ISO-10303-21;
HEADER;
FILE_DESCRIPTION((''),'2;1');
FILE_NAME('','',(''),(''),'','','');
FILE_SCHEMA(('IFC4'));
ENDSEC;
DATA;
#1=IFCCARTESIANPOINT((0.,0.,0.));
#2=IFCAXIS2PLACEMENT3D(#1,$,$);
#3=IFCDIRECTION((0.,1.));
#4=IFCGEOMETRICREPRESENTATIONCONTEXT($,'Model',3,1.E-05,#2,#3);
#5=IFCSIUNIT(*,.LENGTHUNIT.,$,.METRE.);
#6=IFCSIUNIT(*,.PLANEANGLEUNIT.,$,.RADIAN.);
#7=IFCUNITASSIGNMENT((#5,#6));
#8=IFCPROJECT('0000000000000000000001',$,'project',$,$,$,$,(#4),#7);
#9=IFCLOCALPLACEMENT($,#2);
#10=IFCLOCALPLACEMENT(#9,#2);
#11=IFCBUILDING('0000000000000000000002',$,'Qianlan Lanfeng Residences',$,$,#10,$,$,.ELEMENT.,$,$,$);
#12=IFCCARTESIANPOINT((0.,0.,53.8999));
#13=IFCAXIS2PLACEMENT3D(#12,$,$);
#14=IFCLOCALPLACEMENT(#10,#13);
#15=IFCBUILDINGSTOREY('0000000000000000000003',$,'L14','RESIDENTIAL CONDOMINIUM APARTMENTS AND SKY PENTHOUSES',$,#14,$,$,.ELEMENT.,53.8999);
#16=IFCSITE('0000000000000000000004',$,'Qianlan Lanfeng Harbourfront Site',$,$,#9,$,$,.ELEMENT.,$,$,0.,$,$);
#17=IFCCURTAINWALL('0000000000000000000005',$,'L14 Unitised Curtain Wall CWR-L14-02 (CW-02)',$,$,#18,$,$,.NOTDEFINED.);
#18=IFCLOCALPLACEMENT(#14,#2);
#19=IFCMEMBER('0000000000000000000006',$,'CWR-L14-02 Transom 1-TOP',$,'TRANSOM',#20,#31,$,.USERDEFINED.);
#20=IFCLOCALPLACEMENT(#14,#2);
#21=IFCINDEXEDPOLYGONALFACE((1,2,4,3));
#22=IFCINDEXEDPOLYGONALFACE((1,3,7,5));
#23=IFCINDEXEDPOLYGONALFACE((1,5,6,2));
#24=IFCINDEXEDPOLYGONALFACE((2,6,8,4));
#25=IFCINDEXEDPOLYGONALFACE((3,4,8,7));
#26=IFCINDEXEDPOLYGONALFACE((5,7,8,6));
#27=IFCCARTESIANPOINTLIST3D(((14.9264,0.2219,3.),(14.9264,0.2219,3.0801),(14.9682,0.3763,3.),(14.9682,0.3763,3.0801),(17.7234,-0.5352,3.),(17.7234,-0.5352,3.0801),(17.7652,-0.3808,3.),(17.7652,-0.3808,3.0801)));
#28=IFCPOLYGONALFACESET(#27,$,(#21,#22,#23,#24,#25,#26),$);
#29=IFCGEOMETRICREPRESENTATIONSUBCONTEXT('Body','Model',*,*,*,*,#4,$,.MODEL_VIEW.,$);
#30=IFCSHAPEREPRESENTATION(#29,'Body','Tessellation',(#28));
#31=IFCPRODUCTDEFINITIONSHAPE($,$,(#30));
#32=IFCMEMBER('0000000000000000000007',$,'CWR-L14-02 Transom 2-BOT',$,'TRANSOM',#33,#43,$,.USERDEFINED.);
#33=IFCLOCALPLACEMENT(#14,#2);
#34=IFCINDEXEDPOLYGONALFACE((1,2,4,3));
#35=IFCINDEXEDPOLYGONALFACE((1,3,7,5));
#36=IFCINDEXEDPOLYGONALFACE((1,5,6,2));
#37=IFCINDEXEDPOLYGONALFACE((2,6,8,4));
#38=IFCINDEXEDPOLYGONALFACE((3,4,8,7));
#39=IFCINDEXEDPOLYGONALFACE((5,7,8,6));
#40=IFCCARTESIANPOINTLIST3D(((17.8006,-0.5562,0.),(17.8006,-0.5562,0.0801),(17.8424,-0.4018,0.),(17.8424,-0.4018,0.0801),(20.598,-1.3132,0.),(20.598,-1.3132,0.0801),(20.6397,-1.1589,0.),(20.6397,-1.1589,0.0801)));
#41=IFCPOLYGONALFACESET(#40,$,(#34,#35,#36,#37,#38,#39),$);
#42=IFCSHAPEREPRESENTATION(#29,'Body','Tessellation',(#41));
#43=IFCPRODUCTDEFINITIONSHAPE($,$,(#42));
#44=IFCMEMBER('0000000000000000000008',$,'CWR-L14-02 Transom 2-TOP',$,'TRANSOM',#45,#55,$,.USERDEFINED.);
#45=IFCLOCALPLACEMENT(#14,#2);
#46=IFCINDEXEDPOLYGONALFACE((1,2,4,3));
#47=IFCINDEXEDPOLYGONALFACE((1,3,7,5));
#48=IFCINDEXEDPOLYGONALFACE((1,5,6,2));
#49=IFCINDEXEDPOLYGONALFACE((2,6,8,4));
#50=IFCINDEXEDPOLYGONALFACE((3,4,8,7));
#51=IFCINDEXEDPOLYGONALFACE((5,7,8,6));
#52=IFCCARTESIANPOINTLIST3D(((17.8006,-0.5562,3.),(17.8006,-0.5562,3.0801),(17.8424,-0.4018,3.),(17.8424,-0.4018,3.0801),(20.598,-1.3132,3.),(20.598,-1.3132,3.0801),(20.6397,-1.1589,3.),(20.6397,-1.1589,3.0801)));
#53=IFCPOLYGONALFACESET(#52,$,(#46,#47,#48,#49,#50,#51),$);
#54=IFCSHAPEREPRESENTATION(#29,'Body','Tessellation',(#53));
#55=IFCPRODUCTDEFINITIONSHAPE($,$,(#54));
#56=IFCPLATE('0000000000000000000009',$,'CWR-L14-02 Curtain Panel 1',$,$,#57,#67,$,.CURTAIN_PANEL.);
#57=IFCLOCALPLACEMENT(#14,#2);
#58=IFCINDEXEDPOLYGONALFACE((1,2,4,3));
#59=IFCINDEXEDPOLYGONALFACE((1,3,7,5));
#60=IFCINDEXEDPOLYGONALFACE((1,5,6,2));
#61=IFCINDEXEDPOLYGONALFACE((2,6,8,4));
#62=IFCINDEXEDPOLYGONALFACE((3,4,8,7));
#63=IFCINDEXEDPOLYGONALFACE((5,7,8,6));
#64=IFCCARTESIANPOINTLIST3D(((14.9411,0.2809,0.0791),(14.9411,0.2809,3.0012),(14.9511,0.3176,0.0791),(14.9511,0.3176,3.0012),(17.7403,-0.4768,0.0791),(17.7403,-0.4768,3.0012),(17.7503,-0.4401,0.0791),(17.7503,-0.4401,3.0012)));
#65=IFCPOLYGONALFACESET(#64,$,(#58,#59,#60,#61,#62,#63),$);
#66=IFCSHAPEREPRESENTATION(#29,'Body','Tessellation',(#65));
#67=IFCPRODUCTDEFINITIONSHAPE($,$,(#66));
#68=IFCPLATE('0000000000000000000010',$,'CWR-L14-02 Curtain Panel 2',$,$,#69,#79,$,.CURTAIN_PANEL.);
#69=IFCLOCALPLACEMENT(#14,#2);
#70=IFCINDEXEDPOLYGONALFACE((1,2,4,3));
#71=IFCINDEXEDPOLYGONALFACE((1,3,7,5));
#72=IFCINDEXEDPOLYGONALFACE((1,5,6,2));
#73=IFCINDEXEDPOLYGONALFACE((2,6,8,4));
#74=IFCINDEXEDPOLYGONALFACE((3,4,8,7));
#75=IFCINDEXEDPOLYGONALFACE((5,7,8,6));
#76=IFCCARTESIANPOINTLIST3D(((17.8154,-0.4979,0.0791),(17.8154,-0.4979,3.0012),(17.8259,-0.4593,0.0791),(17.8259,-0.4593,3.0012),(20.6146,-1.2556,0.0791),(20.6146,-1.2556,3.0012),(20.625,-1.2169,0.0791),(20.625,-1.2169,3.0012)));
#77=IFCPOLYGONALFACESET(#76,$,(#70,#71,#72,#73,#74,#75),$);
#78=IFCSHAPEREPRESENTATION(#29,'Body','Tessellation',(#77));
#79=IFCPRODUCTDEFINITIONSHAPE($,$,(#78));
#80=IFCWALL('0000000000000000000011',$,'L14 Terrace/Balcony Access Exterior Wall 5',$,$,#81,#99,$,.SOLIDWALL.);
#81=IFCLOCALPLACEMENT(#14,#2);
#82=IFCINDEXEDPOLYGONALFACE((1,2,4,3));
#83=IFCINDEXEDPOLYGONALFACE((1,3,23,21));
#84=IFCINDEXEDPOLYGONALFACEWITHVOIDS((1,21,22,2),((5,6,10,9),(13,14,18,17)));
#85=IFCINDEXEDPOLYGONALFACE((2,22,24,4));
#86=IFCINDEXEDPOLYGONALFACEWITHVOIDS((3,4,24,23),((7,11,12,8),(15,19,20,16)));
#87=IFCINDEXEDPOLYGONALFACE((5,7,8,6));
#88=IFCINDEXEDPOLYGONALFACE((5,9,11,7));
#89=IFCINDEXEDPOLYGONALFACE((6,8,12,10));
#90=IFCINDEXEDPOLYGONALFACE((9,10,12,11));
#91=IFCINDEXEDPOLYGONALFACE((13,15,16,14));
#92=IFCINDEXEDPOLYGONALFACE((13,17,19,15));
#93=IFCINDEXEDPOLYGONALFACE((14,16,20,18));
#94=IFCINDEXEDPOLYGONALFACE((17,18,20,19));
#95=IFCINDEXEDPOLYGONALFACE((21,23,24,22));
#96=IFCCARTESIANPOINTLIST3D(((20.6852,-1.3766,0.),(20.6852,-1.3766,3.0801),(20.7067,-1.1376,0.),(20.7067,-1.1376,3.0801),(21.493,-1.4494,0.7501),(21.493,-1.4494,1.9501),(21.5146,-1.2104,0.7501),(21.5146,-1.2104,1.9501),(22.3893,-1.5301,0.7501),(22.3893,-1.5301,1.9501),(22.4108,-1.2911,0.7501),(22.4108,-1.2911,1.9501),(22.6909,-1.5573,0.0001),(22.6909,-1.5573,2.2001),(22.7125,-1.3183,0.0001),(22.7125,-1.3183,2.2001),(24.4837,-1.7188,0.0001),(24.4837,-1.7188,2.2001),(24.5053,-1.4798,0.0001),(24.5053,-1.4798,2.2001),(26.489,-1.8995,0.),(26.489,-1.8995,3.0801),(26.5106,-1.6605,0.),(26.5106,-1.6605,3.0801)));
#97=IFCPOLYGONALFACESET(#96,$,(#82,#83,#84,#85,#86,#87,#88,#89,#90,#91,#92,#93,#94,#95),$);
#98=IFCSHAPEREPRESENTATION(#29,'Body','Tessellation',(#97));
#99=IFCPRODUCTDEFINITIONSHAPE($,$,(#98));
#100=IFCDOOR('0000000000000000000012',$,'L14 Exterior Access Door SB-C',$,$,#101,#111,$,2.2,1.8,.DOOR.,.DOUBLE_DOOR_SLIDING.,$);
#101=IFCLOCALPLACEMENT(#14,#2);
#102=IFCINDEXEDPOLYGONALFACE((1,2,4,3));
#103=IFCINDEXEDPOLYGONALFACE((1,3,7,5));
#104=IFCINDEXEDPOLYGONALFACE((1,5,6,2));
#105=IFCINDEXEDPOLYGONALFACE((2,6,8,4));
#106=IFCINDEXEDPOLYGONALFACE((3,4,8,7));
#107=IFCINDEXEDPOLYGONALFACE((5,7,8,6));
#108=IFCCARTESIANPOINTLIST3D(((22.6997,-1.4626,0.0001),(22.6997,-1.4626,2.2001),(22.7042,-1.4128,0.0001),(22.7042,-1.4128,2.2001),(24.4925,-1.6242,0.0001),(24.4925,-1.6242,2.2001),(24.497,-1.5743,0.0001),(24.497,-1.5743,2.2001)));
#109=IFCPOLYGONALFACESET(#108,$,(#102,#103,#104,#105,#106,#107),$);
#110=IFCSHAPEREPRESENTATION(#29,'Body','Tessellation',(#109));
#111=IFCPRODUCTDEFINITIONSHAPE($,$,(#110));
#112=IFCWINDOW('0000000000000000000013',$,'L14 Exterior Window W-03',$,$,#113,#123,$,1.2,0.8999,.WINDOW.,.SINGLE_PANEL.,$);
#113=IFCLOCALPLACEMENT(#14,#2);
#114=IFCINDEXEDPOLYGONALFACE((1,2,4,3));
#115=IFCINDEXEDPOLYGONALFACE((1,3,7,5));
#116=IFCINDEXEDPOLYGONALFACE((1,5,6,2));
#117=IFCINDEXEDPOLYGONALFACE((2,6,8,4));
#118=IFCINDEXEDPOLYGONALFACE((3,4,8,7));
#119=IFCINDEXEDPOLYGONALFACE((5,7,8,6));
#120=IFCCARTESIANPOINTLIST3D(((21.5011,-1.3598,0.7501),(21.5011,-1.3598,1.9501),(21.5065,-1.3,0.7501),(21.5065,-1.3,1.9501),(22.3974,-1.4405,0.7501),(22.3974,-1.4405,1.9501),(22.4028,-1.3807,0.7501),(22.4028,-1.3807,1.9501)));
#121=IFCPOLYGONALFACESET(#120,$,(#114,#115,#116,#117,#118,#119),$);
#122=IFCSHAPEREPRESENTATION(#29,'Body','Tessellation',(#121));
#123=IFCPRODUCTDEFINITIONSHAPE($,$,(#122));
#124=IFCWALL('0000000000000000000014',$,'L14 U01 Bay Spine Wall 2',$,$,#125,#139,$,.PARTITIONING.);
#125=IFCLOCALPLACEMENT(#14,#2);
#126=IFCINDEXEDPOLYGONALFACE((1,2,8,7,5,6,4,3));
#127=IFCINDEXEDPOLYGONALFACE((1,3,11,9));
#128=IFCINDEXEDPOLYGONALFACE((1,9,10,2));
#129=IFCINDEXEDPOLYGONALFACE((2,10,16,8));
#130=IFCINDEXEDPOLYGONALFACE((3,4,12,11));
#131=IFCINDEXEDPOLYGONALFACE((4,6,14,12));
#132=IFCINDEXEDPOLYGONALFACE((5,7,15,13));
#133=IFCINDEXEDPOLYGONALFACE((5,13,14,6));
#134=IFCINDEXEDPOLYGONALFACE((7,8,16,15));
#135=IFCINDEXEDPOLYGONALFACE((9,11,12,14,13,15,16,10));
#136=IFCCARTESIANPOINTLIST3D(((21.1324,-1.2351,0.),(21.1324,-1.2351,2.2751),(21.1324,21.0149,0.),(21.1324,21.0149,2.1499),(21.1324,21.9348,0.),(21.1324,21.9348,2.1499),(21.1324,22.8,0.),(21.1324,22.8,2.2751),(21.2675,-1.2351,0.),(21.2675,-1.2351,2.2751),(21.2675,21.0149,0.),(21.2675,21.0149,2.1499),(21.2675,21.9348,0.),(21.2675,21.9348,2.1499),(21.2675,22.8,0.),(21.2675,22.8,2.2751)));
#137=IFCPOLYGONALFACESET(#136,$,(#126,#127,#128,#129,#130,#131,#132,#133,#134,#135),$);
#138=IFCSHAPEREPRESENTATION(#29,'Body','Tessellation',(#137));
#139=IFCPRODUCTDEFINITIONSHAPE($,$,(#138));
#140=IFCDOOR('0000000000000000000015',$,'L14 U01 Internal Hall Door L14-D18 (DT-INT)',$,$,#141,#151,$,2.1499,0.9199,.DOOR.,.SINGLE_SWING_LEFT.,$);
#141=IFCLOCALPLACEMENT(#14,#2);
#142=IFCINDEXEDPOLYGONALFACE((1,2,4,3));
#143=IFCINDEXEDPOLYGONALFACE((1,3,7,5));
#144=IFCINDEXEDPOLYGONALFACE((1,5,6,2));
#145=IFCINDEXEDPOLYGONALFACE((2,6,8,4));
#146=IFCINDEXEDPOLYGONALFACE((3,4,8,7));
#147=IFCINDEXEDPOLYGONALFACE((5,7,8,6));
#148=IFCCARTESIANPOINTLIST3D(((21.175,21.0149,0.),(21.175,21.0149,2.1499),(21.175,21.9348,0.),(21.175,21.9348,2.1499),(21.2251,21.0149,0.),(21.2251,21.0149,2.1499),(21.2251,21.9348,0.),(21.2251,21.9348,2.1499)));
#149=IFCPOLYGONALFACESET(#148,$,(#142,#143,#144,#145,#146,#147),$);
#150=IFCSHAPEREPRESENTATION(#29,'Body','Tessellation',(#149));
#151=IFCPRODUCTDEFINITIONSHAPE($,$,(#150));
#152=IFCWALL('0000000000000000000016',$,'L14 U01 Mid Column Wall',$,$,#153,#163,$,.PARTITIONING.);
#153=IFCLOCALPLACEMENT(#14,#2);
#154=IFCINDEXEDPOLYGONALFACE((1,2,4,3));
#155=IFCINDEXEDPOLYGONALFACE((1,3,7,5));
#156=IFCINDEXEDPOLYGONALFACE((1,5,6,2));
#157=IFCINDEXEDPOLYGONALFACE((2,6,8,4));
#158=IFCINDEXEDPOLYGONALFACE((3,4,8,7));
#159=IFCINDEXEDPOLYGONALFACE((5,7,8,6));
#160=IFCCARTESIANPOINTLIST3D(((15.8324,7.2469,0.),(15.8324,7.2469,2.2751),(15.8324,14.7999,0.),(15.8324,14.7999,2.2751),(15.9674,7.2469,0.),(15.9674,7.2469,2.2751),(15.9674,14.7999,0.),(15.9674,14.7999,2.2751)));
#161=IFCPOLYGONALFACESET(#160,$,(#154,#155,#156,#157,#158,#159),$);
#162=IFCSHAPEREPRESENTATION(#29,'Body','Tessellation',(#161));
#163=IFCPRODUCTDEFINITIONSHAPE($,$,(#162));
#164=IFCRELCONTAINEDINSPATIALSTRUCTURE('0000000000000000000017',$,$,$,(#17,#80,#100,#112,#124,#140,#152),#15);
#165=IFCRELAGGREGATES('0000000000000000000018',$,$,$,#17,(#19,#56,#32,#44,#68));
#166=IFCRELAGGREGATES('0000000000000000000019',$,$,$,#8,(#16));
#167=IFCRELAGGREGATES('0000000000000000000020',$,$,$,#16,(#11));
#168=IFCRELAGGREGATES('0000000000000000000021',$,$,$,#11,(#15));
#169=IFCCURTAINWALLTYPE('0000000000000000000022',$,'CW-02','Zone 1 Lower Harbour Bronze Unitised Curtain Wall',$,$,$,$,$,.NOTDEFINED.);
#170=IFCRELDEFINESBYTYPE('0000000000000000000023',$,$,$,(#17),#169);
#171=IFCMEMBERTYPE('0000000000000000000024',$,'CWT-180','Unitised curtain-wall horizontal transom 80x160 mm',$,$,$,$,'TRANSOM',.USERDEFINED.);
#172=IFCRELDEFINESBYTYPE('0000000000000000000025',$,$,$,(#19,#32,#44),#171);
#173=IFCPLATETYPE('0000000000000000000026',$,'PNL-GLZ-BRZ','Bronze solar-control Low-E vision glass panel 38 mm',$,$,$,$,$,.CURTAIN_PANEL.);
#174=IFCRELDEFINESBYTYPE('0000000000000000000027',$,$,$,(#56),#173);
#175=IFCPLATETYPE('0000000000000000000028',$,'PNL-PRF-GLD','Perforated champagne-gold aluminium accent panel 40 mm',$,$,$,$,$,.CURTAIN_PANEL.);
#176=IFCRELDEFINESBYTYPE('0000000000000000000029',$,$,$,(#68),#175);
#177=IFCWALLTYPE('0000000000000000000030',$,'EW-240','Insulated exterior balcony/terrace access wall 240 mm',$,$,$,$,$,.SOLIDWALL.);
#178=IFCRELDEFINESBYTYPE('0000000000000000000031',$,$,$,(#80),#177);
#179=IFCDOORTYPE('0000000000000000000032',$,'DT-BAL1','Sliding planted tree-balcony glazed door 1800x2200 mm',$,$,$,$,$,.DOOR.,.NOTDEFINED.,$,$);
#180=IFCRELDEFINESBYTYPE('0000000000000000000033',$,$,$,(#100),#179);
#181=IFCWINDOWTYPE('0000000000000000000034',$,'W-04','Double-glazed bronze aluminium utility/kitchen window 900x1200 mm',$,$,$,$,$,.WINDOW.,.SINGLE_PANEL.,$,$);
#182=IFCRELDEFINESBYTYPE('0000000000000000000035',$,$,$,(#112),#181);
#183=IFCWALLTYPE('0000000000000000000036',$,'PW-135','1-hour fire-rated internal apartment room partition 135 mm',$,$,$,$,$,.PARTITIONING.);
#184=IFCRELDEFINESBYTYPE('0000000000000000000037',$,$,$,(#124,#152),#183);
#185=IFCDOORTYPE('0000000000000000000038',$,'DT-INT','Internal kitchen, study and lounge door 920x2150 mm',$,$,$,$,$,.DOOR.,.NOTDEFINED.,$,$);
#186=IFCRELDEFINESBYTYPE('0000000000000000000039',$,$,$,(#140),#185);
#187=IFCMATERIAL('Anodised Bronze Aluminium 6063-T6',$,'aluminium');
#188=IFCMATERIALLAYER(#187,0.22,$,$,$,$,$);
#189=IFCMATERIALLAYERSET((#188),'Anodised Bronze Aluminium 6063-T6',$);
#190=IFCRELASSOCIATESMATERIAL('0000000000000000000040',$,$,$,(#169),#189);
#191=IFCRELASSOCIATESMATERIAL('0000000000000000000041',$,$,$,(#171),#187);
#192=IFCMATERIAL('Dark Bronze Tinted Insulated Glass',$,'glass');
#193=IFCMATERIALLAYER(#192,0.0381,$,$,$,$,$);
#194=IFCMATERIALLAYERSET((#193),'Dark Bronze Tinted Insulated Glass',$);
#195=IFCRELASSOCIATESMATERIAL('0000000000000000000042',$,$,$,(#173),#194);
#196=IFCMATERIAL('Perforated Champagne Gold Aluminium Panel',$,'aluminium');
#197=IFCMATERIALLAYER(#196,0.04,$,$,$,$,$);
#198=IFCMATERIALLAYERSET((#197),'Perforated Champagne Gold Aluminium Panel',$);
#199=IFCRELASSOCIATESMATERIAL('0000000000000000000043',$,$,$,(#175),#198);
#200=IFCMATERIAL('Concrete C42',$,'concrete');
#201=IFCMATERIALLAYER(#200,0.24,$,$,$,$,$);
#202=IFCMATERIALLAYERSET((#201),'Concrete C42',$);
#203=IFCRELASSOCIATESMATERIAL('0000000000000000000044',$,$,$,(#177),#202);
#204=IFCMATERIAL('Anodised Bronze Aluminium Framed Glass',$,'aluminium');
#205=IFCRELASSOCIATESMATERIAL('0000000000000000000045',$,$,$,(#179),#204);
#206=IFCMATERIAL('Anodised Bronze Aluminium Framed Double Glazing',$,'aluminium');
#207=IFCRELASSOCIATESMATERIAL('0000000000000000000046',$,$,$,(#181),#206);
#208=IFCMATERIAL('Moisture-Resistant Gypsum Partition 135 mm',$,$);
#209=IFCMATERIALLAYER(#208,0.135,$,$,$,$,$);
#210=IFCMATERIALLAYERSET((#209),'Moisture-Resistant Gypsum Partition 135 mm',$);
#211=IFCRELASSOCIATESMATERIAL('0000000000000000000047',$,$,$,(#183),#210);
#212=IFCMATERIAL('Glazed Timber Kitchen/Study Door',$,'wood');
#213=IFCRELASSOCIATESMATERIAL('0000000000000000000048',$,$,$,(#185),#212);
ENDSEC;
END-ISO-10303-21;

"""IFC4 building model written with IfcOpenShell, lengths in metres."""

from ifc_helpers import new_model, si_unit, direction, frame, frame_2d, origin, origin_2d, place, context, subcontext, project, spatial, rectangle, extrude, source, transform, mapped, material, layer, layer_set, material_profile, profile_set, type_object, element, fill, aggregate, save


model = new_model("IFC4")

# Units and contexts
model_context = context("Model", 3, precision=1e-05, world=origin(), true_north=direction((0.0, 1.0)))
body_context = subcontext(model_context, "Body", "Model", "MODEL_VIEW")
ifc_project = project(units=[si_unit("LENGTHUNIT", "METRE"), si_unit("PLANEANGLEUNIT", "RADIAN")], contexts=[model_context])

# Site, building, storey
site_placement = place(None, origin())
site = spatial("IfcSite", under=ifc_project, at=site_placement, Name="Qianlan Lanfeng Harbourfront Site", CompositionType="ELEMENT", RefElevation=0.0)
building_placement = place(site_placement, origin())
building = spatial("IfcBuilding", under=site, at=building_placement, Name="Qianlan Lanfeng Residences", CompositionType="ELEMENT")
storey_placement = place(building_placement, frame((0.0, 0.0, 53.8999)))
storey = spatial("IfcBuildingStorey", under=building, at=storey_placement, Name="L14", Description="RESIDENTIAL CONDOMINIUM APARTMENTS AND SKY PENTHOUSES", CompositionType="ELEMENT", Elevation=53.8999)

# Curtain wall, members, plates
ifc_material_1 = material(Name="Anodised Bronze Aluminium 6063-T6", Category="aluminium")
ifc_layer_1 = layer(ifc_material_1, 0.22)
ifc_layer_set_1 = layer_set([ifc_layer_1], Name="Anodised Bronze Aluminium 6063-T6")
curtain_wall_type = type_object("IfcCurtainWallType", Name="CW-02", Description="Zone 1 Lower Harbour Bronze Unitised Curtain Wall", PredefinedType="NOTDEFINED", material=ifc_layer_set_1)
curtain_wall_placement = place(storey_placement, origin())
curtain_wall = element("IfcCurtainWall", 1, at=curtain_wall_placement, inside=storey, type_object=curtain_wall_type, Name="L14 Unitised Curtain Wall CWR-L14-02 (CW-02)", PredefinedType="NOTDEFINED")
ifc_material_profile_1 = material_profile(ifc_material_1, rectangle(XDim=0.0801, YDim=0.1599, at=origin_2d()), Name="ALU TRANSOM 80x160")
ifc_profile_set_1 = profile_set([ifc_material_profile_1], Name="Anodised Bronze Aluminium 6063-T6")
member_type_1 = type_object("IfcMemberType", Name="CWT-180", Description="Unitised curtain-wall horizontal transom 80x160 mm", ElementType="TRANSOM", PredefinedType="USERDEFINED", material=ifc_profile_set_1)
shared_shape_1 = source(origin(), body_context, "Body", "SweptSolid", [
    extrude(rectangle(XDim=0.0801, YDim=0.1599, at=origin_2d()), origin(), (0.0, 0.0, 1.0), 2.8977),
])
member_1_placement = place(storey_placement, frame((14.9473, 0.2991, 3.04), z_axis=(0.965268, -0.261263, 0.0), x_axis=(0.0, 0.0, 1.0)))
member_1 = element("IfcMember", 2, at=member_1_placement, type_object=member_type_1, Name="CWR-L14-02 Transom 1-TOP", ObjectType="TRANSOM", PredefinedType="USERDEFINED", context=body_context, shape_type="MappedRepresentation", body=[
    mapped(shared_shape_1, transform((0.0, 0.0, 0.0), scale=1.0)),
])
shared_shape_2 = source(origin(), body_context, "Body", "SweptSolid", [
    extrude(rectangle(XDim=0.0801, YDim=0.1599, at=origin_2d()), origin(), (0.0, 0.0, 1.0), 2.8979),
])
member_2_placement = place(storey_placement, frame((17.8215, -0.479, 0.04), z_axis=(0.965273, -0.261242, 0.0), x_axis=(0.0, 0.0, 1.0)))
member_2 = element("IfcMember", 3, at=member_2_placement, type_object=member_type_1, Name="CWR-L14-02 Transom 2-BOT", ObjectType="TRANSOM", PredefinedType="USERDEFINED", context=body_context, shape_type="MappedRepresentation", body=[
    mapped(shared_shape_2, transform((0.0, 0.0, 0.0), scale=1.0)),
])
member_3_placement = place(storey_placement, frame((17.8215, -0.479, 3.04), z_axis=(0.965273, -0.261242, 0.0), x_axis=(0.0, 0.0, 1.0)))
member_3 = element("IfcMember", 4, at=member_3_placement, type_object=member_type_1, Name="CWR-L14-02 Transom 2-TOP", ObjectType="TRANSOM", PredefinedType="USERDEFINED", context=body_context, shape_type="MappedRepresentation", body=[
    mapped(shared_shape_2, transform((0.0, 0.0, 0.0), scale=1.0)),
])
ifc_material_2 = material(Name="Dark Bronze Tinted Insulated Glass", Category="glass")
ifc_layer_2 = layer(ifc_material_2, 0.0381)
ifc_layer_set_2 = layer_set([ifc_layer_2], Name="Dark Bronze Tinted Insulated Glass")
plate_type_1 = type_object("IfcPlateType", Name="PNL-GLZ-BRZ", Description="Bronze solar-control Low-E vision glass panel 38 mm", PredefinedType="CURTAIN_PANEL", material=ifc_layer_set_2)
shared_shape_3 = source(origin(), body_context, "Body", "SweptSolid", [
    extrude(rectangle(XDim=2.8999, YDim=0.0381, at=origin_2d()), origin(), (0.0, 0.0, 1.0), 2.9221),
])
plate_1_placement = place(storey_placement, frame((16.3457, -0.0796, 0.0791), z_axis=(0.0, 0.0, 1.0), x_axis=(0.965263, -0.261281, 0.0)))
plate_1 = element("IfcPlate", 5, at=plate_1_placement, type_object=plate_type_1, Name="CWR-L14-02 Curtain Panel 1", PredefinedType="CURTAIN_PANEL", context=body_context, shape_type="MappedRepresentation", body=[
    mapped(shared_shape_3, transform((0.0, 0.0, 0.0), scale=1.0)),
])
ifc_material_3 = material(Name="Perforated Champagne Gold Aluminium Panel", Category="aluminium")
ifc_layer_3 = layer(ifc_material_3, 0.04)
ifc_layer_set_3 = layer_set([ifc_layer_3], Name="Perforated Champagne Gold Aluminium Panel")
plate_type_2 = type_object("IfcPlateType", Name="PNL-PRF-GLD", Description="Perforated champagne-gold aluminium accent panel 40 mm", PredefinedType="CURTAIN_PANEL", material=ifc_layer_set_3)
shared_shape_4 = source(origin(), body_context, "Body", "SweptSolid", [
    extrude(rectangle(XDim=2.8999, YDim=0.04, at=origin_2d()), origin(), (0.0, 0.0, 1.0), 2.9221),
])
plate_2_placement = place(storey_placement, frame((19.2202, -0.8574, 0.0791), z_axis=(0.0, 0.0, 1.0), x_axis=(0.965263, -0.261281, 0.0)))
plate_2 = element("IfcPlate", 6, at=plate_2_placement, type_object=plate_type_2, Name="CWR-L14-02 Curtain Panel 2", PredefinedType="CURTAIN_PANEL", context=body_context, shape_type="MappedRepresentation", body=[
    mapped(shared_shape_4, transform((0.0, 0.0, 0.0), scale=1.0)),
])
aggregate(curtain_wall, [member_1, plate_1, member_2, member_3, plate_2])

# Wall, openings, door, window
ifc_material_4 = material(Name="Concrete C42", Category="concrete")
ifc_layer_4 = layer(ifc_material_4, 0.24)
ifc_layer_set_4 = layer_set([ifc_layer_4], Name="Concrete C42")
wall_type_1 = type_object("IfcWallType", Name="EW-240", Description="Insulated exterior balcony/terrace access wall 240 mm", PredefinedType="SOLIDWALL", material=ifc_layer_set_4)
wall_1_placement = place(storey_placement, frame((20.696, -1.2571, 0.0), z_axis=(0.0, 0.0, 1.0), x_axis=(0.995965, -0.089739, 0.0)))
wall_1 = element("IfcWall", 7, at=wall_1_placement, inside=storey, type_object=wall_type_1, Name="L14 Terrace/Balcony Access Exterior Wall 5", PredefinedType="SOLIDWALL", context=body_context, shape_type="SweptSolid", body=[
    extrude(rectangle(XDim=5.8274, YDim=0.24, at=frame_2d((2.9136, 0.0))), origin(), (0.0, 0.0, 1.0), 3.0801),
])
opening_1_placement = place(wall_1_placement, frame((2.0139, 0.0, 0.0)))
opening_1 = element("IfcOpeningElement", 8, at=opening_1_placement, cuts=wall_1, PredefinedType="OPENING", context=body_context, shape_type="SweptSolid", body=[
    extrude(rectangle(XDim=1.8, YDim=2.2, at=frame_2d((0.8999, 1.1001))), frame((0.0, 0.1299, 0.0), z_axis=(0.0, -1.0, 0.0), x_axis=(1.0, 0.0, 0.0)), (0.0, 0.0, 1.0), 0.26),
])
opening_2_placement = place(wall_1_placement, frame((0.811, 0.0, 0.75)))
opening_2 = element("IfcOpeningElement", 9, at=opening_2_placement, cuts=wall_1, PredefinedType="OPENING", context=body_context, shape_type="SweptSolid", body=[
    extrude(rectangle(XDim=0.8999, YDim=1.2, at=frame_2d((0.45, 0.6001))), frame((0.0, 0.1299, 0.0), z_axis=(0.0, -1.0, 0.0), x_axis=(1.0, 0.0, 0.0)), (0.0, 0.0, 1.0), 0.26),
])
ifc_material_5 = material(Name="Anodised Bronze Aluminium Framed Glass", Category="aluminium")
door_type_1 = type_object("IfcDoorType", Name="DT-BAL1", Description="Sliding planted tree-balcony glazed door 1800x2200 mm", OperationType="NOTDEFINED", PredefinedType="DOOR", material=ifc_material_5)
door_1_placement = place(opening_1_placement, frame((1.8, 0.0, 0.0), z_axis=(0.0, 0.0, 1.0), x_axis=(-1.0, 0.0, 0.0)))
door_1 = element("IfcDoor", 10, at=door_1_placement, inside=storey, type_object=door_type_1, Name="L14 Exterior Access Door SB-C", OperationType="DOUBLE_DOOR_SLIDING", OverallHeight=2.2, OverallWidth=1.8, PredefinedType="DOOR", context=body_context, shape_type="SweptSolid", body=[
    extrude(rectangle(XDim=1.8, YDim=2.2, at=frame_2d((0.8999, 1.1001))), frame((0.0, 0.0249, 0.0), z_axis=(0.0, -1.0, 0.0), x_axis=(1.0, 0.0, 0.0)), (0.0, 0.0, 1.0), 0.05),
])
fill(opening_1, door_1)
ifc_material_6 = material(Name="Anodised Bronze Aluminium Framed Double Glazing", Category="aluminium")
window_type = type_object("IfcWindowType", Name="W-04", Description="Double-glazed bronze aluminium utility/kitchen window 900x1200 mm", PartitioningType="SINGLE_PANEL", PredefinedType="WINDOW", material=ifc_material_6)
window_placement = place(opening_2_placement, origin())
window = element("IfcWindow", 11, at=window_placement, inside=storey, type_object=window_type, Name="L14 Exterior Window W-03", OverallHeight=1.2, OverallWidth=0.8999, PartitioningType="SINGLE_PANEL", PredefinedType="WINDOW", context=body_context, shape_type="SweptSolid", body=[
    extrude(rectangle(XDim=0.8999, YDim=1.2, at=frame_2d((0.45, 0.6001))), frame((0.0, 0.03, 0.0), z_axis=(0.0, -1.0, 0.0), x_axis=(1.0, 0.0, 0.0)), (0.0, 0.0, 1.0), 0.0601),
])
fill(opening_2, window)

# Wall, opening, door
ifc_material_7 = material(Name="Moisture-Resistant Gypsum Partition 135 mm")
ifc_layer_5 = layer(ifc_material_7, 0.135)
ifc_layer_set_5 = layer_set([ifc_layer_5], Name="Moisture-Resistant Gypsum Partition 135 mm")
wall_type_2 = type_object("IfcWallType", Name="PW-135", Description="1-hour fire-rated internal apartment room partition 135 mm", PredefinedType="PARTITIONING", material=ifc_layer_set_5)
wall_2_placement = place(storey_placement, frame((21.2, -1.2351, 0.0), z_axis=(0.0, 0.0, 1.0), x_axis=(0.0, 1.0, 0.0)))
wall_2 = element("IfcWall", 12, at=wall_2_placement, inside=storey, type_object=wall_type_2, Name="L14 U01 Bay Spine Wall 2", PredefinedType="PARTITIONING", context=body_context, shape_type="SweptSolid", body=[
    extrude(rectangle(XDim=24.0352, YDim=0.135, at=frame_2d((12.0176, 0.0))), origin(), (0.0, 0.0, 1.0), 2.2751),
])
opening_3_placement = place(wall_2_placement, frame((22.25, 0.0, 0.0)))
opening_3 = element("IfcOpeningElement", 13, at=opening_3_placement, cuts=wall_2, PredefinedType="OPENING", context=body_context, shape_type="SweptSolid", body=[
    extrude(rectangle(XDim=0.9199, YDim=2.1499, at=frame_2d((0.46, 1.075))), frame((0.0, 0.0776, 0.0), z_axis=(0.0, -1.0, 0.0), x_axis=(1.0, 0.0, 0.0)), (0.0, 0.0, 1.0), 0.155),
])
ifc_material_8 = material(Name="Glazed Timber Kitchen/Study Door", Category="wood")
door_type_2 = type_object("IfcDoorType", Name="DT-INT", Description="Internal kitchen, study and lounge door 920x2150 mm", OperationType="NOTDEFINED", PredefinedType="DOOR", material=ifc_material_8)
door_2_placement = place(opening_3_placement, origin())
door_2 = element("IfcDoor", 14, at=door_2_placement, inside=storey, type_object=door_type_2, Name="L14 U01 Internal Hall Door L14-D18 (DT-INT)", OperationType="SINGLE_SWING_LEFT", OverallHeight=2.1499, OverallWidth=0.9199, PredefinedType="DOOR", context=body_context, shape_type="SweptSolid", body=[
    extrude(rectangle(XDim=0.9199, YDim=2.1499, at=frame_2d((0.46, 1.075))), frame((0.0, 0.0249, 0.0), z_axis=(0.0, -1.0, 0.0), x_axis=(1.0, 0.0, 0.0)), (0.0, 0.0, 1.0), 0.05),
])
fill(opening_3, door_2)

# Wall
wall_3_placement = place(storey_placement, frame((15.8999, 7.2471, 0.0), z_axis=(0.0, 0.0, 1.0), x_axis=(0.0, 1.0, 0.0)))
element("IfcWall", 15, at=wall_3_placement, inside=storey, type_object=wall_type_2, Name="L14 U01 Mid Column Wall", PredefinedType="PARTITIONING", context=body_context, shape_type="SweptSolid", body=[
    extrude(rectangle(XDim=7.553, YDim=0.135, at=frame_2d((3.7764, 0.0))), origin(), (0.0, 0.0, 1.0), 2.2751),
])

save(model, "model.ifc")
